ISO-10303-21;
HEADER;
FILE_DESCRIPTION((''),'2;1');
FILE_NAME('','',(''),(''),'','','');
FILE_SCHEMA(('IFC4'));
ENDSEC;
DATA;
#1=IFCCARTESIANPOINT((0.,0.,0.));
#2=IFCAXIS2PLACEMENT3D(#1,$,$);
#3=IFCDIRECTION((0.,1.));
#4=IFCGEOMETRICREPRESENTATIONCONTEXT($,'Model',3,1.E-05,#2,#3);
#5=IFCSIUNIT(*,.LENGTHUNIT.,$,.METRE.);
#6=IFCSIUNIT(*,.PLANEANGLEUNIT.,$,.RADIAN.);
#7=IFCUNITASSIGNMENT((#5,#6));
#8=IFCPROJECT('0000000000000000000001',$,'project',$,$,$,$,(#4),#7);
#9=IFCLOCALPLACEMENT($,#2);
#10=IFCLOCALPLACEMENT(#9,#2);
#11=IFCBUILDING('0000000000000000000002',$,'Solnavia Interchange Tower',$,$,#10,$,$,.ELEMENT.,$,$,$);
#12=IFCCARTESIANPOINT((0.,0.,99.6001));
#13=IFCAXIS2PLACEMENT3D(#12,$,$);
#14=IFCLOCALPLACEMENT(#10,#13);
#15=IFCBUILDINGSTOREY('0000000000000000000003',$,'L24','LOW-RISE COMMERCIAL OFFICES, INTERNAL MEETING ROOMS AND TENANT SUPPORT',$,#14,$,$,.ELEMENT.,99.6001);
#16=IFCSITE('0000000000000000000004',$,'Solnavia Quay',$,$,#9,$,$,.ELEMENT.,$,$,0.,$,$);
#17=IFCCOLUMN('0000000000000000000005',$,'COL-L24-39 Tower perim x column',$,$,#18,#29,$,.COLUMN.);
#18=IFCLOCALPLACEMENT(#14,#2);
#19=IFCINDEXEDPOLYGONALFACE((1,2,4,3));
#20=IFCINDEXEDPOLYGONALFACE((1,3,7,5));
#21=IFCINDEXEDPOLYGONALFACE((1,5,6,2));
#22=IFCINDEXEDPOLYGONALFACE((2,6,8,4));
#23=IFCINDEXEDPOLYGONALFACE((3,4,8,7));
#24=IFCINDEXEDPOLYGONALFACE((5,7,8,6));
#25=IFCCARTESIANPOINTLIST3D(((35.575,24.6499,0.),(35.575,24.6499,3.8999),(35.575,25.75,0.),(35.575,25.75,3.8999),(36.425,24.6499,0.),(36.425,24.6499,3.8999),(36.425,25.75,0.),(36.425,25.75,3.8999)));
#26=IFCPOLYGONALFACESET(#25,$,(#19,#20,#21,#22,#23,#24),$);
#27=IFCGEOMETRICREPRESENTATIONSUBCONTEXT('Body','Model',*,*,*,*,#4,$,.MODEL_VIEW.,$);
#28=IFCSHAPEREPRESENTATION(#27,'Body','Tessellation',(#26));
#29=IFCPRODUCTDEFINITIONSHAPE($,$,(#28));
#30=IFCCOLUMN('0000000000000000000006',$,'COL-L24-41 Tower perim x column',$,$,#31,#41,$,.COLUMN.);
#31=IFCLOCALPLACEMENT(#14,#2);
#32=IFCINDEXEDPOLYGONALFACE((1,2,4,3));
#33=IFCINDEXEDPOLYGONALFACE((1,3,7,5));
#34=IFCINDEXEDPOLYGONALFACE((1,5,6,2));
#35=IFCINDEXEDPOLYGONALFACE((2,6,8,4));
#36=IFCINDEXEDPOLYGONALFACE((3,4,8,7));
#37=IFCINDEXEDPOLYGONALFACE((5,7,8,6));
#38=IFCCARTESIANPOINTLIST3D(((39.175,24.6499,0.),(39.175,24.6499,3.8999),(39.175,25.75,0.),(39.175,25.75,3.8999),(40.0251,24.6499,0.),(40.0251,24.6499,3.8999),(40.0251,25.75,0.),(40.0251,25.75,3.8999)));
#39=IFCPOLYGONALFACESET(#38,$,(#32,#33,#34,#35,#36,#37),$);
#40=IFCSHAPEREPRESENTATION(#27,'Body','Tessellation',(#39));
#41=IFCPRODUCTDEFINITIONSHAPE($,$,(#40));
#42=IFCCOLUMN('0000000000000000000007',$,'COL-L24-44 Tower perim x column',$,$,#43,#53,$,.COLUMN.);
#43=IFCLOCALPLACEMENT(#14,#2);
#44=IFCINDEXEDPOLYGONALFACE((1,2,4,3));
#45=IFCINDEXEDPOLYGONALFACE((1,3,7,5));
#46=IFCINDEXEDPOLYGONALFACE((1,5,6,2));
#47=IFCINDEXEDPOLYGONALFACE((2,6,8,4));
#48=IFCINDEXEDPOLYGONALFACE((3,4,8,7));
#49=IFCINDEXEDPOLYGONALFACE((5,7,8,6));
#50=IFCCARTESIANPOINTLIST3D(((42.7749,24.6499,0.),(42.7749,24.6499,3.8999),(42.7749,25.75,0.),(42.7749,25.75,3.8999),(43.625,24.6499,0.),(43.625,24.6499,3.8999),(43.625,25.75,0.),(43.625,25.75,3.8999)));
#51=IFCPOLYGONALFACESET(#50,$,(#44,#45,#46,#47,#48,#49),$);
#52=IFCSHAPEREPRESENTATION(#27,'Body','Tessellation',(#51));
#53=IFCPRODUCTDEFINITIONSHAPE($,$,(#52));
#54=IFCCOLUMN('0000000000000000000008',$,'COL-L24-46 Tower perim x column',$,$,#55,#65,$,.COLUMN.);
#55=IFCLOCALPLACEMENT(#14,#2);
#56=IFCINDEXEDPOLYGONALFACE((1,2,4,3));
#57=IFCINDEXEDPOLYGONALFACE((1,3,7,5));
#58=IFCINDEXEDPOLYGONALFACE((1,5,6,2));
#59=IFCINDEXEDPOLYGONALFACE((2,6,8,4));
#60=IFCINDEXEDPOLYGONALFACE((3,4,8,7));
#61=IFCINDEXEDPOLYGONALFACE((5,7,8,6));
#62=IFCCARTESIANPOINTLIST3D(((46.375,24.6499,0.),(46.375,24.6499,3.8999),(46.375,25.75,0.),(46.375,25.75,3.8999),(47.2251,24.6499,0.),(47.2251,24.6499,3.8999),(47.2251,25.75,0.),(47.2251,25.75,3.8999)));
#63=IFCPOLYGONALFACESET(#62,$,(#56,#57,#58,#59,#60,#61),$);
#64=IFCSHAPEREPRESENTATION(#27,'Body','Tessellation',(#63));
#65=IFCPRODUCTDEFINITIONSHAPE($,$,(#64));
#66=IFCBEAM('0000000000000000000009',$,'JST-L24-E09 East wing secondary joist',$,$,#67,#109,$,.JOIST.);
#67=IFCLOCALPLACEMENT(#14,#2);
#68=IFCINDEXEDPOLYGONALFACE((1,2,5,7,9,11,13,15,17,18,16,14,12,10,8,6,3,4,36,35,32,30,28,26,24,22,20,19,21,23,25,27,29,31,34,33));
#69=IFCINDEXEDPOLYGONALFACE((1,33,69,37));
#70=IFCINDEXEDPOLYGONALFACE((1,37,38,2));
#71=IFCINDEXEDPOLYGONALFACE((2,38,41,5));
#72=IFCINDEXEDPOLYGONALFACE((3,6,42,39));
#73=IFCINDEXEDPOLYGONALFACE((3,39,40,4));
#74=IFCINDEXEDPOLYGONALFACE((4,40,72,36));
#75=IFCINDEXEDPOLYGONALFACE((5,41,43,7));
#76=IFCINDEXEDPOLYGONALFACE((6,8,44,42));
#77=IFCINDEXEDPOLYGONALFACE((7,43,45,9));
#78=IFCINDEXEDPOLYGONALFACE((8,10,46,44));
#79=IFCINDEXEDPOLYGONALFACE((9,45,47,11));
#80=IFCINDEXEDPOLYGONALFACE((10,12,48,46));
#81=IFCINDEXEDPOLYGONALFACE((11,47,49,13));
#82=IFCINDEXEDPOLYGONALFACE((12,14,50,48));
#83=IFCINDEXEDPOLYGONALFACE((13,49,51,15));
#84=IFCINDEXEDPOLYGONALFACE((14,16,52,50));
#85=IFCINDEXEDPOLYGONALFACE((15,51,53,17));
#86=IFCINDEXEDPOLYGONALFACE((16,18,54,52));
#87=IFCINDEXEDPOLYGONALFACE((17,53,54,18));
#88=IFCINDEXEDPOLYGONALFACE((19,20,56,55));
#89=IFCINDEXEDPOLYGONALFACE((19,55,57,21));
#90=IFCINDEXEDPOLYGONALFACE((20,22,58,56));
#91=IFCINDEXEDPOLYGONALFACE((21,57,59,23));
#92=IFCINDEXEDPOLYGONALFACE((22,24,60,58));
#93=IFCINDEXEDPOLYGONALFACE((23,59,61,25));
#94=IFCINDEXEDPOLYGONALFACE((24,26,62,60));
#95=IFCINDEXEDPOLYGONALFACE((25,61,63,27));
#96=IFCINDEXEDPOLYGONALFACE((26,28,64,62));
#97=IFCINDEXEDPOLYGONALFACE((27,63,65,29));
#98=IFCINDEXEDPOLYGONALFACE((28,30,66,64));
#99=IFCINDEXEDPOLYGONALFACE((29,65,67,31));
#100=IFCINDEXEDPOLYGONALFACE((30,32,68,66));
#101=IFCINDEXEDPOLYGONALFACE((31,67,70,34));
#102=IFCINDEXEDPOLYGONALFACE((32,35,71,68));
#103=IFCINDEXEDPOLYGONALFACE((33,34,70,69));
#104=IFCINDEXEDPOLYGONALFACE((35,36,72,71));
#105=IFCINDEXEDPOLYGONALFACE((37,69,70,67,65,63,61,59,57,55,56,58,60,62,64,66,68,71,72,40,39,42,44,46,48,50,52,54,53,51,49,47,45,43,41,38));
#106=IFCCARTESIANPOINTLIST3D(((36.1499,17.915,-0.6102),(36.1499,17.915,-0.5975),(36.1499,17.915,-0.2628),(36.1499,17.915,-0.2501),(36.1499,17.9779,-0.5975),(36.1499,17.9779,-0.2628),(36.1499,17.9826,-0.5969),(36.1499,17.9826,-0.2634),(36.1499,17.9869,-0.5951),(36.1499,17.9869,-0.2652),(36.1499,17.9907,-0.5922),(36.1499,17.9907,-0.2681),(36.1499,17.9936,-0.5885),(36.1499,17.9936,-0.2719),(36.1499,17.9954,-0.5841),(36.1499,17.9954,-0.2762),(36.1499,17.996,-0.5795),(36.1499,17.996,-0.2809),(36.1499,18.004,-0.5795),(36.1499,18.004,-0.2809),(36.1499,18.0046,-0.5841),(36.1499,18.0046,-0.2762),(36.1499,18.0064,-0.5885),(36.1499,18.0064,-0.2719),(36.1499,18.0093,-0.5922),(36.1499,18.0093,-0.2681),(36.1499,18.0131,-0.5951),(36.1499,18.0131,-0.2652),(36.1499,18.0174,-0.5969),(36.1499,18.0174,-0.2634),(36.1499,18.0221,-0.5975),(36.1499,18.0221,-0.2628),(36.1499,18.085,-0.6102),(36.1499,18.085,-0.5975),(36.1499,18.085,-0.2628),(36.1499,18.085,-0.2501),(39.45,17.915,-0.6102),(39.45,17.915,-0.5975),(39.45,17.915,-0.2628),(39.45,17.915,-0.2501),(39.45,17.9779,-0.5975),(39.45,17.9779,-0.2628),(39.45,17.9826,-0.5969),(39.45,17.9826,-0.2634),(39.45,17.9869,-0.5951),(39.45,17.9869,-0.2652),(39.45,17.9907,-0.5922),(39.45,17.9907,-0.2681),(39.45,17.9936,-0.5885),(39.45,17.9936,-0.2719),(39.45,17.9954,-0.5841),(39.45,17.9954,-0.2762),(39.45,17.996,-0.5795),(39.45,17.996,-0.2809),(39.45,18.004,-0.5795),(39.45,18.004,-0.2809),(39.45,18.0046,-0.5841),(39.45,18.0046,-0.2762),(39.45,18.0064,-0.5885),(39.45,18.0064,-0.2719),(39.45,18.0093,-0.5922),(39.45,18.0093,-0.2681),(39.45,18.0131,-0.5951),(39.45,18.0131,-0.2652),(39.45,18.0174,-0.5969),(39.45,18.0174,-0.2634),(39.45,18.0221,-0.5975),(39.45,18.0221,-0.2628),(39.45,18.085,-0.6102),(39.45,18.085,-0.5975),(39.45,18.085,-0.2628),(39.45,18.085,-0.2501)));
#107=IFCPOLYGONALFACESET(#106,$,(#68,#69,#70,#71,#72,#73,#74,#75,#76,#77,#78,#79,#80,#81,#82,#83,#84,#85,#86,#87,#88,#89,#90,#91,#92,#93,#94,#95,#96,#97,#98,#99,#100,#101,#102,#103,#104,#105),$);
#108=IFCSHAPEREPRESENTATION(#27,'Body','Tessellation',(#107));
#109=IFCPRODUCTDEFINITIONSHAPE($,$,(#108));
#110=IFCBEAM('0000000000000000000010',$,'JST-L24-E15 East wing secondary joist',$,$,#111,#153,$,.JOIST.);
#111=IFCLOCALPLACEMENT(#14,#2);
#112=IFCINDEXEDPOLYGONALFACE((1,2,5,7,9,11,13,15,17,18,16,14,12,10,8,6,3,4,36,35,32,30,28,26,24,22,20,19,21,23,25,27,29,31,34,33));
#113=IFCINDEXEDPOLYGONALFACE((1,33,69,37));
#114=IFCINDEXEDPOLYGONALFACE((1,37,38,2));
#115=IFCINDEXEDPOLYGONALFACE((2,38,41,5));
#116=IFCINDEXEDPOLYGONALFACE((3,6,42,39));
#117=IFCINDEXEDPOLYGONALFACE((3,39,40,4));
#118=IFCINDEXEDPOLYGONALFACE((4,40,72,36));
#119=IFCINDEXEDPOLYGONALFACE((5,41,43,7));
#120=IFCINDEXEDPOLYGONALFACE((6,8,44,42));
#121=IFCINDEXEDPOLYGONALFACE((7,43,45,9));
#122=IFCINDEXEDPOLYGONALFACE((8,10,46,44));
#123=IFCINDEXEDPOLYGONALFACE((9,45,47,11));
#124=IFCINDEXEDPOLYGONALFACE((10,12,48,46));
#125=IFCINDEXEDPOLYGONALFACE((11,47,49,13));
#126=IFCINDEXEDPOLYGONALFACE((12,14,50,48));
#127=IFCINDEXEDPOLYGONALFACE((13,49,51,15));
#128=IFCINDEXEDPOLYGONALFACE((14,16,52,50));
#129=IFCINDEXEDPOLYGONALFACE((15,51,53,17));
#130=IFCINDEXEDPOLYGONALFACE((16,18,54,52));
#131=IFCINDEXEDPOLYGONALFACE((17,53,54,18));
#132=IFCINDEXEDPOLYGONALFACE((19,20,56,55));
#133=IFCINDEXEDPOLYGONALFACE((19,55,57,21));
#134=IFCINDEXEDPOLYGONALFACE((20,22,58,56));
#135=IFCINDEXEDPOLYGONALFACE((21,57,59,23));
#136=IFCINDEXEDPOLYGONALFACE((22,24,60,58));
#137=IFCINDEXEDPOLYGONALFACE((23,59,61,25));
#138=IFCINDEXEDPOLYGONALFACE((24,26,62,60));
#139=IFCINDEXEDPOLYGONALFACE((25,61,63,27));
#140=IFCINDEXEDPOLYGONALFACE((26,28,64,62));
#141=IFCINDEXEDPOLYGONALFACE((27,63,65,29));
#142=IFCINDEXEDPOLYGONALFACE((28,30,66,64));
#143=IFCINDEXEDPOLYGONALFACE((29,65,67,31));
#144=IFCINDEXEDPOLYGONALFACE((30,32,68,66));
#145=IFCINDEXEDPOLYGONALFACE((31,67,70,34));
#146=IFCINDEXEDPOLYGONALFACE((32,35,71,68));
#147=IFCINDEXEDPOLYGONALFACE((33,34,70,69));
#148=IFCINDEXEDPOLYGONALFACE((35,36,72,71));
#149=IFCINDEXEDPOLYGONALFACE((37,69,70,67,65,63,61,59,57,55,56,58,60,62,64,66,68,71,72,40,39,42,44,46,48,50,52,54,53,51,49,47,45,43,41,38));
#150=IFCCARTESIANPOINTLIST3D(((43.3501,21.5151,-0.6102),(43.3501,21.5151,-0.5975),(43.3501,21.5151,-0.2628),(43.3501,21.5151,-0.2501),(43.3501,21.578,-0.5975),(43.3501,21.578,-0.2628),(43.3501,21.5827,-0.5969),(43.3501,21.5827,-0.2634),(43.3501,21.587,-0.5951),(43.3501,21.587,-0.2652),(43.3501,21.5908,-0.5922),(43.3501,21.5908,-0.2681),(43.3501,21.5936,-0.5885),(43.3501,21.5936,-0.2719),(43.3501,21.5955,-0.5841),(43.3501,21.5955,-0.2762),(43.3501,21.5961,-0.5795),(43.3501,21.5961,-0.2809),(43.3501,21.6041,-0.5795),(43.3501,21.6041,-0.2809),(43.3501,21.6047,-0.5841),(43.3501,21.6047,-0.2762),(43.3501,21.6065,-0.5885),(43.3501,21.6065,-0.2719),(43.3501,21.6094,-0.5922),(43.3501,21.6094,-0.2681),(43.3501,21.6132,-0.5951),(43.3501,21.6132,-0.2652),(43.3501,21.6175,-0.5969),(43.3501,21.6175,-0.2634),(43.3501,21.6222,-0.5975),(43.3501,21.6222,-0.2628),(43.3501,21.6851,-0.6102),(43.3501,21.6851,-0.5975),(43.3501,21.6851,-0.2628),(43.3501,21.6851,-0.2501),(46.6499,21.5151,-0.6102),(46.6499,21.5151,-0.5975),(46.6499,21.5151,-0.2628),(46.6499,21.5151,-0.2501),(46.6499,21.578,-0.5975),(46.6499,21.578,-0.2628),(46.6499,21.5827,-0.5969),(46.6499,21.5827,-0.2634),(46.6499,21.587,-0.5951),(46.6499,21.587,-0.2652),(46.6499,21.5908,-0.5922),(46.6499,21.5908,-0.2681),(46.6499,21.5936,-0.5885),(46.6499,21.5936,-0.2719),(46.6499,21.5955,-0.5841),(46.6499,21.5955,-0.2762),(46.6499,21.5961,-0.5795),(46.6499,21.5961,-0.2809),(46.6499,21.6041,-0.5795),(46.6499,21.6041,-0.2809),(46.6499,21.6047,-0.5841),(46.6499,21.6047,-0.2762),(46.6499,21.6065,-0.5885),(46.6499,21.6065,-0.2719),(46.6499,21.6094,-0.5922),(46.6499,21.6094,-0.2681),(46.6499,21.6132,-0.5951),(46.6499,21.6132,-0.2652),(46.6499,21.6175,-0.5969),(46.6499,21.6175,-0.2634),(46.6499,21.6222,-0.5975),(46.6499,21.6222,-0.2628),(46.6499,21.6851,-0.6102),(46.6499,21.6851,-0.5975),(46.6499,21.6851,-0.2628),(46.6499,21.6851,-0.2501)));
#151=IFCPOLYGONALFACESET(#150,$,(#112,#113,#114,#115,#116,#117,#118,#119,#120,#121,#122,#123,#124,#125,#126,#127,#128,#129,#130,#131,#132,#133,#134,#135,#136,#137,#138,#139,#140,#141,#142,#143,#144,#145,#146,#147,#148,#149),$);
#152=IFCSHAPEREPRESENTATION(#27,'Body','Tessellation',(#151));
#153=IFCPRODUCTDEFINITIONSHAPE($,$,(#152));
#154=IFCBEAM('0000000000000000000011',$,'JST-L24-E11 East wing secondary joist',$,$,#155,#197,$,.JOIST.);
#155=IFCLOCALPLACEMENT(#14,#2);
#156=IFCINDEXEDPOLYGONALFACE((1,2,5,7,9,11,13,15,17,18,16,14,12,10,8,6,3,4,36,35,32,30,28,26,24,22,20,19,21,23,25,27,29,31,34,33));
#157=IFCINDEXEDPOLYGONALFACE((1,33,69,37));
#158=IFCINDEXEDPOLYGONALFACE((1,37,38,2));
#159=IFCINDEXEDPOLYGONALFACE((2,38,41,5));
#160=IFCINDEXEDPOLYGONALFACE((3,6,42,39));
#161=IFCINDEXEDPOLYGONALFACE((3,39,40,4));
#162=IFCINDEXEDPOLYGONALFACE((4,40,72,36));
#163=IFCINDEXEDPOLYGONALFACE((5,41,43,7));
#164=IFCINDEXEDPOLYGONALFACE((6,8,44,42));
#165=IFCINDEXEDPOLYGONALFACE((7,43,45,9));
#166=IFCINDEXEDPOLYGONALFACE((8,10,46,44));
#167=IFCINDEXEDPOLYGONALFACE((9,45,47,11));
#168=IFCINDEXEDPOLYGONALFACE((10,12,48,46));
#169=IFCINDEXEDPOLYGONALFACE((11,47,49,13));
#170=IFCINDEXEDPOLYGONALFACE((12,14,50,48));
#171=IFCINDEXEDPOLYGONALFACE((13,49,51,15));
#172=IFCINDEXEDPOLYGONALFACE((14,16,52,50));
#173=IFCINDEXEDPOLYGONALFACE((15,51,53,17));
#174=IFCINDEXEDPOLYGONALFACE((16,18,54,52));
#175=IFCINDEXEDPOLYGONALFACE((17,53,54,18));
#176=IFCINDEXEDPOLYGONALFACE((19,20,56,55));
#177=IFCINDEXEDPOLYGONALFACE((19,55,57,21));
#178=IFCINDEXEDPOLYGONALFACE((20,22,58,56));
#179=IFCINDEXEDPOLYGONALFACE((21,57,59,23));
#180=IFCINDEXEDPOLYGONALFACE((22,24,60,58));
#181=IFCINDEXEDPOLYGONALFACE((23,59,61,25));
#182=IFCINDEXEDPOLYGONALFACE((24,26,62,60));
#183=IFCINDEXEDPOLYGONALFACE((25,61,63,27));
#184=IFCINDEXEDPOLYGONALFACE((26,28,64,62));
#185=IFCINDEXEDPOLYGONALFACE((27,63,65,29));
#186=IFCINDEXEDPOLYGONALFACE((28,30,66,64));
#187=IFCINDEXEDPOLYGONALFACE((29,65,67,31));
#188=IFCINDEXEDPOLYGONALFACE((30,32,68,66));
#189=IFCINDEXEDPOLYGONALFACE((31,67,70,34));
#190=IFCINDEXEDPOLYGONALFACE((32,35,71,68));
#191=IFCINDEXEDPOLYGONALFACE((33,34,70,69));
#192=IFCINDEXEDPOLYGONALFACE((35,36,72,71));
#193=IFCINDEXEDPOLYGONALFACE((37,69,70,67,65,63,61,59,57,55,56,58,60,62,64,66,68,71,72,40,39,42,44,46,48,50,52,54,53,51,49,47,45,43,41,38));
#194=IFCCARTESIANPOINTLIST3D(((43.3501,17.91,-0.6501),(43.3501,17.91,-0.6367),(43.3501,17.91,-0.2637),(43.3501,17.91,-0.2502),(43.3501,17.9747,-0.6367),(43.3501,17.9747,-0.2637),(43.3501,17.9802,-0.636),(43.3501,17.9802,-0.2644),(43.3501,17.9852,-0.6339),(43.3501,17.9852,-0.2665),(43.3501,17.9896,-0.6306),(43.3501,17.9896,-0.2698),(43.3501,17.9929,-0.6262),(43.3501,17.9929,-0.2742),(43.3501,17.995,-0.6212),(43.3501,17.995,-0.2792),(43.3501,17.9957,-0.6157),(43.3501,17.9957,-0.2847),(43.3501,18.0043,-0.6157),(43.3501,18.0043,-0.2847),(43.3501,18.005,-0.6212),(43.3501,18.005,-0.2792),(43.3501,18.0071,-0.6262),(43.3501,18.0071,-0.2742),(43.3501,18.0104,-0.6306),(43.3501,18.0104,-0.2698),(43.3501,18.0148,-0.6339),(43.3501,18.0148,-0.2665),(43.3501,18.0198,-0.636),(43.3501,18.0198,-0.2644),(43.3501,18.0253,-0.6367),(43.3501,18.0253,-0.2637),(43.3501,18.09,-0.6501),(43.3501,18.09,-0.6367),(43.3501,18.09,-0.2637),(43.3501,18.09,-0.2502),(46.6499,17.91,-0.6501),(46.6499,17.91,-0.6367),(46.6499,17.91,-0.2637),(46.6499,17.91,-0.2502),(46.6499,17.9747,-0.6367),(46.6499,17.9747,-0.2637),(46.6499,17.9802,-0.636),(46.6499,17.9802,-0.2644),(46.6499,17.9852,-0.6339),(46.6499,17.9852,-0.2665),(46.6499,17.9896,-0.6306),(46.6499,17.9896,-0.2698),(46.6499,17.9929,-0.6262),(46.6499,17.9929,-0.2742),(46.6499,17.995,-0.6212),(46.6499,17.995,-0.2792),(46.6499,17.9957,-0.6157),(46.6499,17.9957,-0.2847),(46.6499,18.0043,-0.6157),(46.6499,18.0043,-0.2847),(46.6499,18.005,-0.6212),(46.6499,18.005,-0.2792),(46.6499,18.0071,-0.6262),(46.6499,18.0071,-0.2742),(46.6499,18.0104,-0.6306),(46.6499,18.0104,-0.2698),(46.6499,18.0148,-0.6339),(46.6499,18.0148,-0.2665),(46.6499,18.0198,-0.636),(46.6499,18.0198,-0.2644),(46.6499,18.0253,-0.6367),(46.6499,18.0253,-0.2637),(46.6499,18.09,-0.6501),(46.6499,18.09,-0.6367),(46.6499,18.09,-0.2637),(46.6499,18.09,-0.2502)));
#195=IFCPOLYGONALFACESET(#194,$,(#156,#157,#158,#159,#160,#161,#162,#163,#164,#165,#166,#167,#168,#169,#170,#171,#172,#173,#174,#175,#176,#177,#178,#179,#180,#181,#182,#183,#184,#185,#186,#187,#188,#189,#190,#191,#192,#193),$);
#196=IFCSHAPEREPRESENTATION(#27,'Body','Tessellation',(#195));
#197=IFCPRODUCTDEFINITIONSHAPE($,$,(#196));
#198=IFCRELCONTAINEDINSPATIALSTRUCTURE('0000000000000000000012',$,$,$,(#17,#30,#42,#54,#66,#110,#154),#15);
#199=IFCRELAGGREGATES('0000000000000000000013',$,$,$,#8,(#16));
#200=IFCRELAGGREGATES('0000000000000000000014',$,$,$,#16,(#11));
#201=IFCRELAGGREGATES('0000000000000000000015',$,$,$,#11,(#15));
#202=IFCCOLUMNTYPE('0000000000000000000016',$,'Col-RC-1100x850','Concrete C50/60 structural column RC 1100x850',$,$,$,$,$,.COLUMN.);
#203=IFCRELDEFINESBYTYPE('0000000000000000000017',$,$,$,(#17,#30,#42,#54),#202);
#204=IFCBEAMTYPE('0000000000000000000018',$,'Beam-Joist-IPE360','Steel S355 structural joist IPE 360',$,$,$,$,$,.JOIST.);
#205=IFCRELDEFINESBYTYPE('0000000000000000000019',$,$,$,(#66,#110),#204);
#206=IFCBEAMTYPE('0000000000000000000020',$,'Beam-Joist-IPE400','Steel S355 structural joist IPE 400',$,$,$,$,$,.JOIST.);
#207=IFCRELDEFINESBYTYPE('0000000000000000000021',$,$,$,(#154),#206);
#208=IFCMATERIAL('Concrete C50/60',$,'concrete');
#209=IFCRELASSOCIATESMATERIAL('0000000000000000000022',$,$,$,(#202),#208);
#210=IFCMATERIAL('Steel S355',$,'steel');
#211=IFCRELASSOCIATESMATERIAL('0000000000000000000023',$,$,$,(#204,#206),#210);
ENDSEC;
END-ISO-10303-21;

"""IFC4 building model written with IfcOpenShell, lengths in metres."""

from ifc_helpers import new_model, si_unit, direction, frame, origin, origin_2d, place, context, subcontext, project, spatial, rectangle, i_section, extrude, material, material_profile, profile_set, type_object, element, save


model = new_model("IFC4")

# Units and contexts
model_context = context("Model", 3, precision=1e-05, world=origin(), true_north=direction((0.0, 1.0)))
body_context = subcontext(model_context, "Body", "Model", "MODEL_VIEW")
ifc_project = project(units=[si_unit("LENGTHUNIT", "METRE"), si_unit("PLANEANGLEUNIT", "RADIAN")], contexts=[model_context])

# Site, building, storey
site_placement = place(None, origin())
site = spatial("IfcSite", under=ifc_project, at=site_placement, Name="Solnavia Quay", CompositionType="ELEMENT", RefElevation=0.0)
building_placement = place(site_placement, origin())
building = spatial("IfcBuilding", under=site, at=building_placement, Name="Solnavia Interchange Tower", CompositionType="ELEMENT")
storey_placement = place(building_placement, frame((0.0, 0.0, 99.6001)))
storey = spatial("IfcBuildingStorey", under=building, at=storey_placement, Name="L24", Description="LOW-RISE COMMERCIAL OFFICES, INTERNAL MEETING ROOMS AND TENANT SUPPORT", CompositionType="ELEMENT", Elevation=99.6001)

# Columns
ifc_material_1 = material(Name="Concrete C50/60", Category="concrete")
ifc_material_profile_1 = material_profile(ifc_material_1, rectangle(XDim=0.8501, YDim=1.1001, at=origin_2d()), Name="RC 1100x850")
ifc_profile_set_1 = profile_set([ifc_material_profile_1], Name="Concrete C50/60")
column_type = type_object("IfcColumnType", Name="Col-RC-1100x850", Description="Concrete C50/60 structural column RC 1100x850", PredefinedType="COLUMN", material=ifc_profile_set_1)
for number, where, z_axis, x_axis, name in (
    (1, (36.0, 25.2, 0.0), (0.0, 0.0, 1.0), (1.0, 0.0, 0.0), "COL-L24-39 Tower perim x column"),
    (2, (39.6001, 25.2, 0.0), (0.0, 0.0, 1.0), (1.0, 0.0, 0.0), "COL-L24-41 Tower perim x column"),
    (3, (43.2, 25.2, 0.0), (0.0, 0.0, 1.0), (1.0, 0.0, 0.0), "COL-L24-44 Tower perim x column"),
    (4, (46.8, 25.2, 0.0), (0.0, 0.0, 1.0), (1.0, 0.0, 0.0), "COL-L24-46 Tower perim x column"),
):
    element("IfcColumn", number, at=place(storey_placement, frame(where, z_axis=z_axis, x_axis=x_axis)), inside=storey, type_object=column_type, Name=name, PredefinedType="COLUMN", context=body_context, shape_type="SweptSolid", body=[
        extrude(rectangle(XDim=0.8501, YDim=1.1001, at=origin_2d()), origin(), (0.0, 0.0, 1.0), 3.8999),
    ])

# Beams
ifc_material_2 = material(Name="Steel S355", Category="steel")
ifc_material_profile_2 = material_profile(ifc_material_2, i_section(OverallWidth=0.1699, OverallDepth=0.3601, WebThickness=0.0081, FlangeThickness=0.0127, FilletRadius=0.0181, at=origin_2d()), Name="IPE 360")
ifc_profile_set_2 = profile_set([ifc_material_profile_2], Name="Steel S355")
beam_type_1 = type_object("IfcBeamType", Name="Beam-Joist-IPE360", Description="Steel S355 structural joist IPE 360", PredefinedType="JOIST", material=ifc_profile_set_2)
beam_1_placement = place(storey_placement, frame((36.1499, 18.0, -0.4302), z_axis=(1.0, 0.0, 0.0), x_axis=(0.0, 1.0, 0.0)))
element("IfcBeam", 5, at=beam_1_placement, inside=storey, type_object=beam_type_1, Name="JST-L24-E09 East wing secondary joist", PredefinedType="JOIST", context=body_context, shape_type="SweptSolid", body=[
    extrude(i_section(OverallWidth=0.1699, OverallDepth=0.3601, WebThickness=0.0081, FlangeThickness=0.0127, FilletRadius=0.0181, at=origin_2d()), origin(), (0.0, 0.0, 1.0), 3.3),
])
beam_2_placement = place(storey_placement, frame((43.3501, 21.6001, -0.4302), z_axis=(1.0, 0.0, 0.0), x_axis=(0.0, 1.0, 0.0)))
element("IfcBeam", 6, at=beam_2_placement, inside=storey, type_object=beam_type_1, Name="JST-L24-E15 East wing secondary joist", PredefinedType="JOIST", context=body_context, shape_type="SweptSolid", body=[
    extrude(i_section(OverallWidth=0.1699, OverallDepth=0.3601, WebThickness=0.0081, FlangeThickness=0.0127, FilletRadius=0.0181, at=origin_2d()), origin(), (0.0, 0.0, 1.0), 3.2998),
])
ifc_material_profile_3 = material_profile(ifc_material_2, i_section(OverallWidth=0.1799, OverallDepth=0.3999, WebThickness=0.0085, FlangeThickness=0.0134, FilletRadius=0.021, at=origin_2d()), Name="IPE 400")
ifc_profile_set_3 = profile_set([ifc_material_profile_3], Name="Steel S355")
beam_type_2 = type_object("IfcBeamType", Name="Beam-Joist-IPE400", Description="Steel S355 structural joist IPE 400", PredefinedType="JOIST", material=ifc_profile_set_3)
beam_3_placement = place(storey_placement, frame((43.3501, 18.0, -0.4502), z_axis=(1.0, 0.0, 0.0), x_axis=(0.0, 1.0, 0.0)))
element("IfcBeam", 7, at=beam_3_placement, inside=storey, type_object=beam_type_2, Name="JST-L24-E11 East wing secondary joist", PredefinedType="JOIST", context=body_context, shape_type="SweptSolid", body=[
    extrude(i_section(OverallWidth=0.1799, OverallDepth=0.3999, WebThickness=0.0085, FlangeThickness=0.0134, FilletRadius=0.021, at=origin_2d()), origin(), (0.0, 0.0, 1.0), 3.2998),
])

save(model, "model.ifc")
